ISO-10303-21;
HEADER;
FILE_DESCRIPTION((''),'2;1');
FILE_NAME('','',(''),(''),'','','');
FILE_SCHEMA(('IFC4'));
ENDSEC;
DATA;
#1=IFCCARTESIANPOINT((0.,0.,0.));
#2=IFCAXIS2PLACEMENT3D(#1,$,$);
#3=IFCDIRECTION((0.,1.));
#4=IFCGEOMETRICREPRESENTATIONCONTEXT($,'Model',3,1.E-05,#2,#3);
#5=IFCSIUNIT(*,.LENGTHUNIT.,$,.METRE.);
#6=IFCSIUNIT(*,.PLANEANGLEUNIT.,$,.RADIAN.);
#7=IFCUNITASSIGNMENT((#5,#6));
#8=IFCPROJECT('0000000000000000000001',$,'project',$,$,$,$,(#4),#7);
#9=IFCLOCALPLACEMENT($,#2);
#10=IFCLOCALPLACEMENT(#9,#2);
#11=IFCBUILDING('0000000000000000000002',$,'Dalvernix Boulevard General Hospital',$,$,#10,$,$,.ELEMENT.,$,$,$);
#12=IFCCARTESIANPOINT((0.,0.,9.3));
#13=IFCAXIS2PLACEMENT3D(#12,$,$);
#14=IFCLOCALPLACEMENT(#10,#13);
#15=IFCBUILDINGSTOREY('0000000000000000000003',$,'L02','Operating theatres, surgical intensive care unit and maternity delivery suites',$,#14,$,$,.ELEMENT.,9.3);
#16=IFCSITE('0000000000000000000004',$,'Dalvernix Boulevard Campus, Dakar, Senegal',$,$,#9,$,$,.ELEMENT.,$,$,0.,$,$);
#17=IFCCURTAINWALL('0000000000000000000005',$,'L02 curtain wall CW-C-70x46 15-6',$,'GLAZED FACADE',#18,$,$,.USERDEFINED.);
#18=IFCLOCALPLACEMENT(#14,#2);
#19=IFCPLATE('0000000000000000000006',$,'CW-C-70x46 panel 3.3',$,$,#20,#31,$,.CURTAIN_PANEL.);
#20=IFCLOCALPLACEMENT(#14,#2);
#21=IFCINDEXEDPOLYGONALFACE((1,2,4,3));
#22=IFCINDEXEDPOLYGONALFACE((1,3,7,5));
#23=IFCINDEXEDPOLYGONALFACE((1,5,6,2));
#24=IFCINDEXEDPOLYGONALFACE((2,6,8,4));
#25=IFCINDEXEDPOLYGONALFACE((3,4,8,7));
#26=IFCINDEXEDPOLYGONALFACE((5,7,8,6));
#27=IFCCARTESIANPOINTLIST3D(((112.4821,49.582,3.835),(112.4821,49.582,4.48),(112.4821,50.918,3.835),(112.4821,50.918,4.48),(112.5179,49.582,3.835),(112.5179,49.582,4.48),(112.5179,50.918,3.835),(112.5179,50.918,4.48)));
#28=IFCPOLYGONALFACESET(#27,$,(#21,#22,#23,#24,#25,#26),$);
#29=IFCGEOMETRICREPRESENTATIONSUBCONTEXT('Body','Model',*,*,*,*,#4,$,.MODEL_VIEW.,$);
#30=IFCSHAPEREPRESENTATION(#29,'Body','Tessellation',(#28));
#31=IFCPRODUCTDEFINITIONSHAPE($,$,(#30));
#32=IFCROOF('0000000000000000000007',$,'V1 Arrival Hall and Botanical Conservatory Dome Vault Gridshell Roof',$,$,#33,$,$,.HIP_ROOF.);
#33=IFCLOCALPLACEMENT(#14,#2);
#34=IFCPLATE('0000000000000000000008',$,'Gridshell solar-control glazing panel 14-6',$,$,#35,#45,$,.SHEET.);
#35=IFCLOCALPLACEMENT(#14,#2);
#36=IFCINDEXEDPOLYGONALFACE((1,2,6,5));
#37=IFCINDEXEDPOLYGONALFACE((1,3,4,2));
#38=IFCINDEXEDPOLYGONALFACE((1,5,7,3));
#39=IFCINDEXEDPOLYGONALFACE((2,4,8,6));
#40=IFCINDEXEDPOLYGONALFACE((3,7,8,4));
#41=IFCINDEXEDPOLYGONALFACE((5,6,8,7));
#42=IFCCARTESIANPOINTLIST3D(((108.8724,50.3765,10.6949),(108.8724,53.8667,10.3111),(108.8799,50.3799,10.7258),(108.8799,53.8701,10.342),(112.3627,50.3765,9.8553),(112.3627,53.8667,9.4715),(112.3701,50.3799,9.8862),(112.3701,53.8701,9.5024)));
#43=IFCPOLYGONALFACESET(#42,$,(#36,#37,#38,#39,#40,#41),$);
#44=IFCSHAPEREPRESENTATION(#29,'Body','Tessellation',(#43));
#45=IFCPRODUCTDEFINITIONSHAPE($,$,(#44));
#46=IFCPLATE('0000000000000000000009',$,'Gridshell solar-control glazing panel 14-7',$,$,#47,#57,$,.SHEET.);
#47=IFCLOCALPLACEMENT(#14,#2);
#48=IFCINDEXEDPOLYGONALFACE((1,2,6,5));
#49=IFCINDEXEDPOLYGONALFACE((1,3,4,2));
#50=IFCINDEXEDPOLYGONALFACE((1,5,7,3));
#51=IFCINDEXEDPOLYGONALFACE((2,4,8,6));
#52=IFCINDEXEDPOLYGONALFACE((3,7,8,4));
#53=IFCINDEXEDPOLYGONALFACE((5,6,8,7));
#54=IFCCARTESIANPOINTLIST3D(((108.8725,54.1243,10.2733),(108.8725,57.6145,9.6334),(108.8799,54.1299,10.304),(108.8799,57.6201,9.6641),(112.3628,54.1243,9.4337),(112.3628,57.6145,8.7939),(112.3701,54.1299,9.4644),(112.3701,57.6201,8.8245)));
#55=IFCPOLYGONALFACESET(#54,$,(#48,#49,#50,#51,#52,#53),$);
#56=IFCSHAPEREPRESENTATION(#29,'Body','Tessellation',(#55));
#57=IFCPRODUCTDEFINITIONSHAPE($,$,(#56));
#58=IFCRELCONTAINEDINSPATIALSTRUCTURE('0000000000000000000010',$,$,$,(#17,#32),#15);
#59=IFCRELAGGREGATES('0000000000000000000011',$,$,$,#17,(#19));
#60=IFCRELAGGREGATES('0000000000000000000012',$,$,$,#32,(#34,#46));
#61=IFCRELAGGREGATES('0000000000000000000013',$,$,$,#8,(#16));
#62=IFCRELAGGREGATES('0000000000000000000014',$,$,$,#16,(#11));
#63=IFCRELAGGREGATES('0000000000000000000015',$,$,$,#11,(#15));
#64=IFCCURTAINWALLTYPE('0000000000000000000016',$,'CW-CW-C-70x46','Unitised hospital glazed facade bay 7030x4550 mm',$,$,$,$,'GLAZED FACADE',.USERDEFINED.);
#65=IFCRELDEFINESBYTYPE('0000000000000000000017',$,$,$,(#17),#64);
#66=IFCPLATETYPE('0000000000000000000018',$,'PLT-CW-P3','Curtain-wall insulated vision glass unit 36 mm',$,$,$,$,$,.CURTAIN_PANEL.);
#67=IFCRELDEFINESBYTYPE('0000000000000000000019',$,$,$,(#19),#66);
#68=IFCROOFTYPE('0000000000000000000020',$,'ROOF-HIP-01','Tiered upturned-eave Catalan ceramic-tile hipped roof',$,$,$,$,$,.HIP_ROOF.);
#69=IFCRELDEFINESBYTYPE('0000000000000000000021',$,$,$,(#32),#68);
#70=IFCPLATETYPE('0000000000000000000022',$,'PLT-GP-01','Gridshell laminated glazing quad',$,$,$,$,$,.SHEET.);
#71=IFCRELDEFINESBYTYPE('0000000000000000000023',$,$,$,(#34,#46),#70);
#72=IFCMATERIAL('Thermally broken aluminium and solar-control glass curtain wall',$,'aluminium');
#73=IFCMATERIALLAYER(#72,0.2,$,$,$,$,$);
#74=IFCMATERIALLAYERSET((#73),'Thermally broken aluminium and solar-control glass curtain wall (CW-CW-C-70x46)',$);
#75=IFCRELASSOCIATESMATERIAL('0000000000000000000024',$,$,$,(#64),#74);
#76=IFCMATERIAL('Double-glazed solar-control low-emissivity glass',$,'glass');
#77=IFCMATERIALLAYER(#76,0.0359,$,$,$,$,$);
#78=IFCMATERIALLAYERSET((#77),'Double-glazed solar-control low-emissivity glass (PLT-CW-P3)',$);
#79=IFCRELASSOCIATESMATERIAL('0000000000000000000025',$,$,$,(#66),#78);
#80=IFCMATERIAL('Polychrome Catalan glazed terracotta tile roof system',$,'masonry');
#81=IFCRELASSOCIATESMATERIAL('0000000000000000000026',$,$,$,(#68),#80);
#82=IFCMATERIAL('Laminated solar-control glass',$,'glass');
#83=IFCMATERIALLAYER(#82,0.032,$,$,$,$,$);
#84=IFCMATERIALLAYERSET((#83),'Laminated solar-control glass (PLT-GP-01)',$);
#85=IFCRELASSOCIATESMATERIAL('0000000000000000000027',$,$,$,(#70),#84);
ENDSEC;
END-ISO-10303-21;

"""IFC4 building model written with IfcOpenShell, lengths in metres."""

from ifc_helpers import new_model, si_unit, direction, frame, origin, origin_2d, place, context, subcontext, project, spatial, polyline, rectangle, outline, extrude, material, layer, layer_set, type_object, element, aggregate, save


model = new_model("IFC4")

# Units and contexts
model_context = context("Model", 3, precision=1e-05, world=origin(), true_north=direction((0.0, 1.0)))
body_context = subcontext(model_context, "Body", "Model", "MODEL_VIEW")
ifc_project = project(units=[si_unit("LENGTHUNIT", "METRE"), si_unit("PLANEANGLEUNIT", "RADIAN")], contexts=[model_context])

# Site, building, storey
site_placement = place(None, origin())
site = spatial("IfcSite", under=ifc_project, at=site_placement, Name="Dalvernix Boulevard Campus, Dakar, Senegal", CompositionType="ELEMENT", RefElevation=0.0)
building_placement = place(site_placement, origin())
building = spatial("IfcBuilding", under=site, at=building_placement, Name="Dalvernix Boulevard General Hospital", CompositionType="ELEMENT")
storey_placement = place(building_placement, frame((0.0, 0.0, 9.3)))
storey = spatial("IfcBuildingStorey", under=building, at=storey_placement, Name="L02", Description="Operating theatres, surgical intensive care unit and maternity delivery suites", CompositionType="ELEMENT", Elevation=9.3)

# Curtain wall
ifc_material_1 = material(Name="Thermally broken aluminium and solar-control glass curtain wall", Category="aluminium")
ifc_layer_1 = layer(ifc_material_1, 0.2)
ifc_layer_set_1 = layer_set([ifc_layer_1], Name="Thermally broken aluminium and solar-control glass curtain wall (CW-CW-C-70x46)")
curtain_wall_type = type_object("IfcCurtainWallType", Name="CW-CW-C-70x46", Description="Unitised hospital glazed facade bay 7030x4550 mm", ElementType="GLAZED FACADE", PredefinedType="USERDEFINED", material=ifc_layer_set_1)
curtain_wall_placement = place(storey_placement, origin())
curtain_wall = element("IfcCurtainWall", 1, at=curtain_wall_placement, inside=storey, type_object=curtain_wall_type, Name="L02 curtain wall CW-C-70x46 15-6", ObjectType="GLAZED FACADE", PredefinedType="USERDEFINED")

# Plate
ifc_material_2 = material(Name="Double-glazed solar-control low-emissivity glass", Category="glass")
ifc_layer_2 = layer(ifc_material_2, 0.0359)
ifc_layer_set_2 = layer_set([ifc_layer_2], Name="Double-glazed solar-control low-emissivity glass (PLT-CW-P3)")
plate_type_1 = type_object("IfcPlateType", Name="PLT-CW-P3", Description="Curtain-wall insulated vision glass unit 36 mm", PredefinedType="CURTAIN_PANEL", material=ifc_layer_set_2)
plate_1_placement = place(storey_placement, frame((112.5, 50.25, 3.835), z_axis=(0.0, 0.0, 1.0), x_axis=(0.0, -1.0, 0.0)))
plate_1 = element("IfcPlate", 2, at=plate_1_placement, type_object=plate_type_1, Name="CW-C-70x46 panel 3.3", PredefinedType="CURTAIN_PANEL", context=body_context, shape_type="SweptSolid", body=[
    extrude(rectangle(XDim=1.3359, YDim=0.0359, at=origin_2d()), origin(), (0.0, 0.0, 1.0), 0.645),
])
aggregate(curtain_wall, [plate_1])

# Roof, plates
ifc_material_3 = material(Name="Polychrome Catalan glazed terracotta tile roof system", Category="masonry")
roof_type = type_object("IfcRoofType", Name="ROOF-HIP-01", Description="Tiered upturned-eave Catalan ceramic-tile hipped roof", PredefinedType="HIP_ROOF", material=ifc_material_3)
roof_placement = place(storey_placement, origin())
roof = element("IfcRoof", 3, at=roof_placement, inside=storey, type_object=roof_type, Name="V1 Arrival Hall and Botanical Conservatory Dome Vault Gridshell Roof", PredefinedType="HIP_ROOF")
ifc_material_4 = material(Name="Laminated solar-control glass", Category="glass")
ifc_layer_3 = layer(ifc_material_4, 0.032)
ifc_layer_set_3 = layer_set([ifc_layer_3], Name="Laminated solar-control glass (PLT-GP-01)")
plate_type_2 = type_object("IfcPlateType", Name="PLT-GP-01", Description="Gridshell laminated glazing quad", PredefinedType="SHEET", material=ifc_layer_set_3)
plate_2_placement = place(storey_placement, frame((108.8799, 50.3799, 10.7258), z_axis=(0.232559, 0.106305, 0.966755), x_axis=(0.972264, 0.0, -0.233885)))
plate_2 = element("IfcPlate", 4, at=plate_2_placement, type_object=plate_type_2, Name="Gridshell solar-control glazing panel 14-6", PredefinedType="SHEET", context=body_context, shape_type="SweptSolid", body=[
    extrude(outline(polyline([(0.0, 0.0), (3.5898, 0.0), (3.6796, 3.5101), (0.0898, 3.5101), (0.0, 0.0)])), origin(), (0.0, 0.0, -1.0), 0.032),
])
plate_3_placement = place(storey_placement, frame((108.8799, 54.1299, 10.304), z_axis=(0.230255, 0.175487, 0.957177), x_axis=(0.972264, 0.0, -0.233885)))
plate_3 = element("IfcPlate", 5, at=plate_3_placement, type_object=plate_type_2, Name="Gridshell solar-control glazing panel 14-7", PredefinedType="SHEET", context=body_context, shape_type="SweptSolid", body=[
    extrude(outline(polyline([(0.0, 0.0), (3.5898, 0.0), (3.7395, 3.5453), (0.1497, 3.5453), (0.0, 0.0)])), origin(), (0.0, 0.0, -1.0), 0.032),
])
aggregate(roof, [plate_2, plate_3])

save(model, "model.ifc")
